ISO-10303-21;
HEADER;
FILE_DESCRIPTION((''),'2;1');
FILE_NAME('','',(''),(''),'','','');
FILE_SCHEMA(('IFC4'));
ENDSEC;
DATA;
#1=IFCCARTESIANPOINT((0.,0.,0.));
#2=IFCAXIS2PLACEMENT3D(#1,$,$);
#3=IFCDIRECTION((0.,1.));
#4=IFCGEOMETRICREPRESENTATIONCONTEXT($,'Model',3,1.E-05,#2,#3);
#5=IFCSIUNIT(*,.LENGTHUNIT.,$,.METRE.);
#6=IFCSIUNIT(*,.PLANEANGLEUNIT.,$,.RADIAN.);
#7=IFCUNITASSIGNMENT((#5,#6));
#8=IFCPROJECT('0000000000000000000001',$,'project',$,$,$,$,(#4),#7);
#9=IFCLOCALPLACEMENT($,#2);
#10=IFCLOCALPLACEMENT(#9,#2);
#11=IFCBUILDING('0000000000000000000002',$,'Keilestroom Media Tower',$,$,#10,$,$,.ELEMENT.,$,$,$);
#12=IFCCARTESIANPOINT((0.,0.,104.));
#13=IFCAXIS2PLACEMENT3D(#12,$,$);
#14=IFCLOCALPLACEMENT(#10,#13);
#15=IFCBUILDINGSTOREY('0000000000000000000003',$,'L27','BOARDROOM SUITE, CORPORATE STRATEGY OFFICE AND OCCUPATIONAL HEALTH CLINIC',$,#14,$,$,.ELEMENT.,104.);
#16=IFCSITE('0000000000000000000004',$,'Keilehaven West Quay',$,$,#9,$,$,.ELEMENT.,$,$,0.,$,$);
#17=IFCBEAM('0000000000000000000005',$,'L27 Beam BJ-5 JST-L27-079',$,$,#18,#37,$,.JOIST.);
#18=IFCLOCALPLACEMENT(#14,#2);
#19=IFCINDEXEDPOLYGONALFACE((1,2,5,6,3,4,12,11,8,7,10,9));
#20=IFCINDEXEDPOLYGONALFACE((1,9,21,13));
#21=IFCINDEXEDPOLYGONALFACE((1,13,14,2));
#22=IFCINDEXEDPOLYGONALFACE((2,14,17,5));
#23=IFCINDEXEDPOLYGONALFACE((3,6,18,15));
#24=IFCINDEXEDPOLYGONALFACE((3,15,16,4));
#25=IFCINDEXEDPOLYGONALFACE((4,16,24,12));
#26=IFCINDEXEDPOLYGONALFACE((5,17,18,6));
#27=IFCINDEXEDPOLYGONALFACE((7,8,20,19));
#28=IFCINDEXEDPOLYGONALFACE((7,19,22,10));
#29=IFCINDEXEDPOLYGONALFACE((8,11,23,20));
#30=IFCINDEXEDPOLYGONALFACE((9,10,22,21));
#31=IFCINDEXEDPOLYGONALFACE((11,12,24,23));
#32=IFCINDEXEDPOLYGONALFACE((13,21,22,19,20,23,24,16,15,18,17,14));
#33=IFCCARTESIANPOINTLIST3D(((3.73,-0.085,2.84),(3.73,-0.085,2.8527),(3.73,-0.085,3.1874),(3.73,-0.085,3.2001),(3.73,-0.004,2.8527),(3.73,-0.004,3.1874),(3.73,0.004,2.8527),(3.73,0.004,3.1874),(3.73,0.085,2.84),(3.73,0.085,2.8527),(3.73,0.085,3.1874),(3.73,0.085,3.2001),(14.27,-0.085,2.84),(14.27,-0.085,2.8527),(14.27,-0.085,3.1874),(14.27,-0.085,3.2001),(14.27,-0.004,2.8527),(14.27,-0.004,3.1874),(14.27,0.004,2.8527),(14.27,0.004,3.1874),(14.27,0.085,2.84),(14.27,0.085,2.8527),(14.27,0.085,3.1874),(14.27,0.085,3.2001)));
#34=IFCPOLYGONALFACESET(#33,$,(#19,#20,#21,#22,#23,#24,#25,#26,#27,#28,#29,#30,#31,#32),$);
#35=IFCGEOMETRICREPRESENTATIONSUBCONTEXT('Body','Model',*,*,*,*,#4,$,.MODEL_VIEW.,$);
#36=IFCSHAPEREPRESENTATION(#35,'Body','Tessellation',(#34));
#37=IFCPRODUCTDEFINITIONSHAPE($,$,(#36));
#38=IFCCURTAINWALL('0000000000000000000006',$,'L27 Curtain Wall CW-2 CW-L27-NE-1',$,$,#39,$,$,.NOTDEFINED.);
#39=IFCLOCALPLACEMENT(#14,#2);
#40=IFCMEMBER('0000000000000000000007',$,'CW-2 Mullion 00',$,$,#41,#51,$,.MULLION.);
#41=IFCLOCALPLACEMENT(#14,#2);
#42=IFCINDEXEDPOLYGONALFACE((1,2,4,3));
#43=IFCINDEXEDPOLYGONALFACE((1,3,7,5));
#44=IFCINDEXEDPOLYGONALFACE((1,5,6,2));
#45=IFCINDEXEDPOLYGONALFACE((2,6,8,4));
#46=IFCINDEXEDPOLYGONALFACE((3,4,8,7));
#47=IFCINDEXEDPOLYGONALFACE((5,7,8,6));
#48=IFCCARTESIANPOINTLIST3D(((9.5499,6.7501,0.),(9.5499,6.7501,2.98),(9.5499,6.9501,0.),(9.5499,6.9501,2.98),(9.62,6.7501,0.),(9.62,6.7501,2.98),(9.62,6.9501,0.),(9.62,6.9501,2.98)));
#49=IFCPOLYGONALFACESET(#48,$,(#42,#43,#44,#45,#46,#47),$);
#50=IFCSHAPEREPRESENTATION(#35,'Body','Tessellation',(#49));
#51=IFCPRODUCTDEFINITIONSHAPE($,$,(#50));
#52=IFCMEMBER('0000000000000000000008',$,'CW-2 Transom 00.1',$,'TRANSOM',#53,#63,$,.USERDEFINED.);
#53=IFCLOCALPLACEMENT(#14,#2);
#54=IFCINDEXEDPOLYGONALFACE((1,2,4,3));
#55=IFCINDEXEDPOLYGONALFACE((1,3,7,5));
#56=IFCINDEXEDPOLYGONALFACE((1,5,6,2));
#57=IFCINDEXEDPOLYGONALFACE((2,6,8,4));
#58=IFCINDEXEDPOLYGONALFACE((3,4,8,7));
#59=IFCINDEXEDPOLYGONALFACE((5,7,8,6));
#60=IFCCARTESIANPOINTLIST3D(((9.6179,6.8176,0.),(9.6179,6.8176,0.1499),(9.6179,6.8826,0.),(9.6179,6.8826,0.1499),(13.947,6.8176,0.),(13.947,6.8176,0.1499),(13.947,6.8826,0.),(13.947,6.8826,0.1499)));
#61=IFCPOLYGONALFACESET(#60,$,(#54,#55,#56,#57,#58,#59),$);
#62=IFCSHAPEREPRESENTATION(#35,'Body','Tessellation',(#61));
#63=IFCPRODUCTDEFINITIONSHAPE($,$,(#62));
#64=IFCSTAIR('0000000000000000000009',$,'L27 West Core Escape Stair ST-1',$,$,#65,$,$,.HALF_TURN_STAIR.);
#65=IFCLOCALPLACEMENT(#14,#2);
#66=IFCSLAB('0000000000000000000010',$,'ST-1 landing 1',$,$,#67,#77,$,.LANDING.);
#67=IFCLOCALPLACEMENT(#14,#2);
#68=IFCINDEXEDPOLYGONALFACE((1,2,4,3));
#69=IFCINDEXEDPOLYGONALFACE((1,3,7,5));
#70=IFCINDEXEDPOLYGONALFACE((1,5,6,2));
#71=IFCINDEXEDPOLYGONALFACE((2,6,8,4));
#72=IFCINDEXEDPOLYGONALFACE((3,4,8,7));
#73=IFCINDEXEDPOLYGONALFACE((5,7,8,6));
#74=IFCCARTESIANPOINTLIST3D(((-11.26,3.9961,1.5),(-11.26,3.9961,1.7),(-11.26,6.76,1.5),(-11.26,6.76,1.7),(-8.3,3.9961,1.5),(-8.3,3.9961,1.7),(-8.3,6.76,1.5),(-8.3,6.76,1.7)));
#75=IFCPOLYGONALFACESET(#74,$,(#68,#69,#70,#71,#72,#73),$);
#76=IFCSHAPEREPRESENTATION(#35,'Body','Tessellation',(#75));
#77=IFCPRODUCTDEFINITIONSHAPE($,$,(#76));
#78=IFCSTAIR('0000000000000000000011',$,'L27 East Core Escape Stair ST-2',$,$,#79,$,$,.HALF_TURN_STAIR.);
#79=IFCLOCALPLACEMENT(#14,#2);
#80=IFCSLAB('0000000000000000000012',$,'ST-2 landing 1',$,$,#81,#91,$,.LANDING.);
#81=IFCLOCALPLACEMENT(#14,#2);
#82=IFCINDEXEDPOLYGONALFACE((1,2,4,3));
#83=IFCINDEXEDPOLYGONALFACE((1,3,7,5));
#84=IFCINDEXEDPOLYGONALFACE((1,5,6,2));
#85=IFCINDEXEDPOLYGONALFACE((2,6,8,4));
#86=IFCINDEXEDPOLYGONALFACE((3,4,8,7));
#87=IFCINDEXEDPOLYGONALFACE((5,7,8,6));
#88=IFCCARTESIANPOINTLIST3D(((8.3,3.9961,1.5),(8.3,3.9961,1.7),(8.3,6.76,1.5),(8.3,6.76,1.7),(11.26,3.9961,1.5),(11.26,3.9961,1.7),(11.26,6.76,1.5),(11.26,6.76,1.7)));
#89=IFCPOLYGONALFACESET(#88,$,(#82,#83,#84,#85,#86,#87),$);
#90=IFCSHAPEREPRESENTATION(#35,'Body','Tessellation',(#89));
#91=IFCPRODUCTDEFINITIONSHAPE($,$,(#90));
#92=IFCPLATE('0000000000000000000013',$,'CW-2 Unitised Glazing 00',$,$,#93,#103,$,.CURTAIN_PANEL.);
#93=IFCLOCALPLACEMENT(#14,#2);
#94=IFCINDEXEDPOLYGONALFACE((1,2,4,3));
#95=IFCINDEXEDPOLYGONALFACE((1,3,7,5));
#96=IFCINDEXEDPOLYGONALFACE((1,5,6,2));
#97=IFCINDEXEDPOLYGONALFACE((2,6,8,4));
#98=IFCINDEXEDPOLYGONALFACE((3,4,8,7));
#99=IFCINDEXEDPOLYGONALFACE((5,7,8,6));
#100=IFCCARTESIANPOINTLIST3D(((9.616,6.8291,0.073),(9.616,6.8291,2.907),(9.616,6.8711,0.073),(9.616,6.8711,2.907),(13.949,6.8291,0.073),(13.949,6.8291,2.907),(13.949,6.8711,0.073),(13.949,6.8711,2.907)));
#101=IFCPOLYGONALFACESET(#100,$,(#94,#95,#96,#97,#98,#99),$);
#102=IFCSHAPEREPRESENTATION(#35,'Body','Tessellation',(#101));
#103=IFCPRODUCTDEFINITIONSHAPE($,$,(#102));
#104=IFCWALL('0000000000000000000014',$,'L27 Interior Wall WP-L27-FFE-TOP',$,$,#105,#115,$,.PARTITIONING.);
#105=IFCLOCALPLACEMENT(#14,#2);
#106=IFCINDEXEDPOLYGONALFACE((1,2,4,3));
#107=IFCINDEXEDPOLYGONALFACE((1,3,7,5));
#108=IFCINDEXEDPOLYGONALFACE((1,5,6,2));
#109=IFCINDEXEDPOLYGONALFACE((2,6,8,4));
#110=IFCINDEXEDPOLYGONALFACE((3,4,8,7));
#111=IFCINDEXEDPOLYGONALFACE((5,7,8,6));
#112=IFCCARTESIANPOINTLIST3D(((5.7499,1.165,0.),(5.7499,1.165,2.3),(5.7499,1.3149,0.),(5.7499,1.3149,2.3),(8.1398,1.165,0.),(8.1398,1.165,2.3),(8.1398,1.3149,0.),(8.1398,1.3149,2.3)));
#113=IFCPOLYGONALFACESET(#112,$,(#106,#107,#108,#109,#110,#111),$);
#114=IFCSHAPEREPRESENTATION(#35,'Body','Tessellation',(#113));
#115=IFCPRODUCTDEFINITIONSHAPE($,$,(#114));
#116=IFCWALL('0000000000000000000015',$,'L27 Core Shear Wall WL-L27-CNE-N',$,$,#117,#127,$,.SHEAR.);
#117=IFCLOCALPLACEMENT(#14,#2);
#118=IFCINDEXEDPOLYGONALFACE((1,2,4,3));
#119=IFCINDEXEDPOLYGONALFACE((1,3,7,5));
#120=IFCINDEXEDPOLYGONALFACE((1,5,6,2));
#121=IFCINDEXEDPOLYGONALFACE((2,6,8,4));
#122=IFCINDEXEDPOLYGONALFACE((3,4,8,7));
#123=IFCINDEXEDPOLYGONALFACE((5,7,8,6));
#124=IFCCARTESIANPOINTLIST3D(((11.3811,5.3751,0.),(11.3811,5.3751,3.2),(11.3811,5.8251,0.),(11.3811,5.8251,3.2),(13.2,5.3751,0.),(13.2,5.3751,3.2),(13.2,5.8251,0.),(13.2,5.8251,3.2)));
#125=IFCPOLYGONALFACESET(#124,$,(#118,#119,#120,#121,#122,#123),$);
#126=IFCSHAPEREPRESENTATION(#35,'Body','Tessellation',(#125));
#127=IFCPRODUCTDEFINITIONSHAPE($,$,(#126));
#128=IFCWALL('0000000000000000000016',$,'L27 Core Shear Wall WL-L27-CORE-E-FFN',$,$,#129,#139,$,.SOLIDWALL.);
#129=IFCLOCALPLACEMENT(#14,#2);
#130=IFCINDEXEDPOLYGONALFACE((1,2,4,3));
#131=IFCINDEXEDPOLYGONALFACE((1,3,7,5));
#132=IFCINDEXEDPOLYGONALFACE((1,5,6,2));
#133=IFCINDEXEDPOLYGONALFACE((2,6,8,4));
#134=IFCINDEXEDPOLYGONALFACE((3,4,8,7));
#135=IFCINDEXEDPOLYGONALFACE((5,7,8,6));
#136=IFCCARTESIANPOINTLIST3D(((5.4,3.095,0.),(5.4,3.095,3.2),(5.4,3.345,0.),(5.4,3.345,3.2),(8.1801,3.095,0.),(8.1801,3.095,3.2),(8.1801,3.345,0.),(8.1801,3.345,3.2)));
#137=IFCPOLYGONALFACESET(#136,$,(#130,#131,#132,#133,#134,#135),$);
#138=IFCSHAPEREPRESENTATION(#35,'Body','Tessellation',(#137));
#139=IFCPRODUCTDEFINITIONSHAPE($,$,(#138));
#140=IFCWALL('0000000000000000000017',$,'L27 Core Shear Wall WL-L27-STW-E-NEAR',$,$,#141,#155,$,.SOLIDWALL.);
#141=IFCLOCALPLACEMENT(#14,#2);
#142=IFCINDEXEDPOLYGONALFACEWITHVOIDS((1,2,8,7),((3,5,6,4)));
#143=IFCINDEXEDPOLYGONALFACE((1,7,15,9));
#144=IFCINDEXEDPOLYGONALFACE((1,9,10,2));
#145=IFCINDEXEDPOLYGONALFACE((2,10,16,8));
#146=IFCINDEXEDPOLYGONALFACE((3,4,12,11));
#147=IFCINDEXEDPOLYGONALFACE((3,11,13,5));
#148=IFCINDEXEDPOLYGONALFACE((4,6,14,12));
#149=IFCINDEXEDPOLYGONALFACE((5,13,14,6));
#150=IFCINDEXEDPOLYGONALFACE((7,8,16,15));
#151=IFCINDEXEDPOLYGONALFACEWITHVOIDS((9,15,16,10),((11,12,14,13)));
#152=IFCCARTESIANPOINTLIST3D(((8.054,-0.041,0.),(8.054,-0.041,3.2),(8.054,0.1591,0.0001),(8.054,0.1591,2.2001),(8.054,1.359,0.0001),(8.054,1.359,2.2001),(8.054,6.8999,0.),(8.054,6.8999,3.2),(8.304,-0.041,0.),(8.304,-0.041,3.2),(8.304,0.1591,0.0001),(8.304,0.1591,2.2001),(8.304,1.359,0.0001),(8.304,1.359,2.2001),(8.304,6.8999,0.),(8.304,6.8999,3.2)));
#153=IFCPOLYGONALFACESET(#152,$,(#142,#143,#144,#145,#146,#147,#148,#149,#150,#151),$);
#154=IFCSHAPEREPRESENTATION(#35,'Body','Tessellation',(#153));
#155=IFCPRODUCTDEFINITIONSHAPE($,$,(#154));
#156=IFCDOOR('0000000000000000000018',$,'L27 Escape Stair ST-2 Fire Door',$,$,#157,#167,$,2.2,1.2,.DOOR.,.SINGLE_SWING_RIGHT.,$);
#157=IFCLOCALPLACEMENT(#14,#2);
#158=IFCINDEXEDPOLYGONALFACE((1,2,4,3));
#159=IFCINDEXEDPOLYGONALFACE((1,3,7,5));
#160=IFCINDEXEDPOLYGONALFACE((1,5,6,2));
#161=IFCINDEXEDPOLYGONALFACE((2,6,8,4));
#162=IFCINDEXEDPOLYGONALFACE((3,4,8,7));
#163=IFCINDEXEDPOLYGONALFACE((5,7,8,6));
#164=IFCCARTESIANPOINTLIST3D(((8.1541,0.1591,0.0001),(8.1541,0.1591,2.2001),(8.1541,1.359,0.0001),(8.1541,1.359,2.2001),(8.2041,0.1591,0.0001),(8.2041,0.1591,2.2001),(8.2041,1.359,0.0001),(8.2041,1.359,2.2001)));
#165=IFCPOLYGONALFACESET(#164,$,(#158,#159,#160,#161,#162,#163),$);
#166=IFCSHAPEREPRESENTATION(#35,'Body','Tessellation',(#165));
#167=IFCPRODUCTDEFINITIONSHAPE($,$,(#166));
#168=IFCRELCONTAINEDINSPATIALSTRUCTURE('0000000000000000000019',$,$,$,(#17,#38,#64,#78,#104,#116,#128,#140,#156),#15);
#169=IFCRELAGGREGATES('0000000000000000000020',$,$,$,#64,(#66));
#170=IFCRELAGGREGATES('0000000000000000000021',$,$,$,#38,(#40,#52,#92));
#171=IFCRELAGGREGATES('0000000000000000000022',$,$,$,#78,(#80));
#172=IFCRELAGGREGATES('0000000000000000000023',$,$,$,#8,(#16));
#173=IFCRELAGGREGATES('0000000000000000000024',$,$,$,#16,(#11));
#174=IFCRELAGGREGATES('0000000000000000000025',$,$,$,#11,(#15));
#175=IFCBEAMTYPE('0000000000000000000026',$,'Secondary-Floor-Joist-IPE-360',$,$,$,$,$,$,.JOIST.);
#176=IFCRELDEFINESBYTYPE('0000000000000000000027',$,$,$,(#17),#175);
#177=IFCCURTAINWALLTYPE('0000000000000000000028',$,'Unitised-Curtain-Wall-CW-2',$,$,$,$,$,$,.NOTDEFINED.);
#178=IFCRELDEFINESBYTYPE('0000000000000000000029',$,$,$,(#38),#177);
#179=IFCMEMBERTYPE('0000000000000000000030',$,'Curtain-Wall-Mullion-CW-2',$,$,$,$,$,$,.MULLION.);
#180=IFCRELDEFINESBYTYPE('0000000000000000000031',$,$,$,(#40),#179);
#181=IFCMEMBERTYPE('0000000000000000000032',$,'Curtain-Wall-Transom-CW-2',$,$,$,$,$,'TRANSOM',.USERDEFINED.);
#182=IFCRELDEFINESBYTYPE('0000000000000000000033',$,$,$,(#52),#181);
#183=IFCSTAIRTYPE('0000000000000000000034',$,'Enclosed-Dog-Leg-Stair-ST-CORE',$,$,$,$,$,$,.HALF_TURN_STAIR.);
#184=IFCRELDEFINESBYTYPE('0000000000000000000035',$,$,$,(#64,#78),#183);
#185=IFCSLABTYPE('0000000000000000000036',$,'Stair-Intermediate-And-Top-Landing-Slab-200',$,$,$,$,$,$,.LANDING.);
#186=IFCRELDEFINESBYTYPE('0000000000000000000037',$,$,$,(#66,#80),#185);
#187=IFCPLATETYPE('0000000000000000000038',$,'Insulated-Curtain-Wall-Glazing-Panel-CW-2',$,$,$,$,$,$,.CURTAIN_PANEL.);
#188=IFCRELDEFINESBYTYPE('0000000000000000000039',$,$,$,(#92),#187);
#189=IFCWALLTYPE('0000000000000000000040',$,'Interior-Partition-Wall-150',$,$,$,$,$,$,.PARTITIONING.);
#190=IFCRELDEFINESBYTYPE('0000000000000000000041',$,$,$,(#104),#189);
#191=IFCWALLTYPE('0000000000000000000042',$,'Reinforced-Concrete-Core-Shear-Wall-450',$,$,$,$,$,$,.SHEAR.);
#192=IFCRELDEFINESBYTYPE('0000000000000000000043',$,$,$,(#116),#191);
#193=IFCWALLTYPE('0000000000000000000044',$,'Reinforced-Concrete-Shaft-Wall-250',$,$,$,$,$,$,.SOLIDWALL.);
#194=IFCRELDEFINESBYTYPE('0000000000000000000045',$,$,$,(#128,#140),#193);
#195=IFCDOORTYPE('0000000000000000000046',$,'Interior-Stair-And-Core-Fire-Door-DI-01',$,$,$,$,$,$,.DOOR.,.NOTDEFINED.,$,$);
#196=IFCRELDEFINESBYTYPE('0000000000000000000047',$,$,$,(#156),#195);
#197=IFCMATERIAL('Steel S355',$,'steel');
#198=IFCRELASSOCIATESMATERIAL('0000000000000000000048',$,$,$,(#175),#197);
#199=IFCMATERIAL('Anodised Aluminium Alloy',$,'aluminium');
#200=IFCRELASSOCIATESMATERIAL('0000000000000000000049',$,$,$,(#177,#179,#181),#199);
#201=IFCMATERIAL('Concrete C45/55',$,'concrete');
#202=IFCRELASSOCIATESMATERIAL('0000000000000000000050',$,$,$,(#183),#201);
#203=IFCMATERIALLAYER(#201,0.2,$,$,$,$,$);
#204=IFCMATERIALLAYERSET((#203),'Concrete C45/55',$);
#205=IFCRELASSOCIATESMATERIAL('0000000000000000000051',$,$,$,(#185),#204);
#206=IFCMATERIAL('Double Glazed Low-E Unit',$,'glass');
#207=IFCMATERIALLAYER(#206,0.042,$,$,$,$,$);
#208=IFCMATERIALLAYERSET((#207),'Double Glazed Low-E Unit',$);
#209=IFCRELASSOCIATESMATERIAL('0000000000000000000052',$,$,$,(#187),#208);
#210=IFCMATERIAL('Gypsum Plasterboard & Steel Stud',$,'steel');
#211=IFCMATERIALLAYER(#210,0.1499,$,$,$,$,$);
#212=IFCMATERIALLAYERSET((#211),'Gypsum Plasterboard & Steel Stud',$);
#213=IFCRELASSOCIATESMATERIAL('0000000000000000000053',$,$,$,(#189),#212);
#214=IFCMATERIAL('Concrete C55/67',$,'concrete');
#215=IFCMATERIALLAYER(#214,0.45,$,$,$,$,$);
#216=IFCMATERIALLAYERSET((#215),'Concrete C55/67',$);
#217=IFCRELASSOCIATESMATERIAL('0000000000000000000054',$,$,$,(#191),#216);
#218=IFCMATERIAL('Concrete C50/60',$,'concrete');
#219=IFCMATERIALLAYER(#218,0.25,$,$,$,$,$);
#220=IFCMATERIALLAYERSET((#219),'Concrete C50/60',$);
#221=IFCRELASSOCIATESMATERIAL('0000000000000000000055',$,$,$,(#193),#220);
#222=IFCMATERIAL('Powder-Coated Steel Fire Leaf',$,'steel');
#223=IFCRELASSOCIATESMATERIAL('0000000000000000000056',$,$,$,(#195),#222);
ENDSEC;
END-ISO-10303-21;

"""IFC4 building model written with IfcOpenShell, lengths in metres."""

from ifc_helpers import new_model, si_unit, direction, frame, frame_2d, origin, origin_2d, place, context, subcontext, project, spatial, polyline, rectangle, i_section, outline, extrude, source, transform, mapped, material, layer, layer_set, material_profile, profile_set, type_object, element, fill, aggregate, save


model = new_model("IFC4")

# Units and contexts
model_context = context("Model", 3, precision=1e-05, world=origin(), true_north=direction((0.0, 1.0)))
body_context = subcontext(model_context, "Body", "Model", "MODEL_VIEW")
ifc_project = project(units=[si_unit("LENGTHUNIT", "METRE"), si_unit("PLANEANGLEUNIT", "RADIAN")], contexts=[model_context])

# Site, building, storey
site_placement = place(None, origin())
site = spatial("IfcSite", under=ifc_project, at=site_placement, Name="Keilehaven West Quay", CompositionType="ELEMENT", RefElevation=0.0)
building_placement = place(site_placement, origin())
building = spatial("IfcBuilding", under=site, at=building_placement, Name="Keilestroom Media Tower", CompositionType="ELEMENT")
storey_placement = place(building_placement, frame((0.0, 0.0, 104.0)))
storey = spatial("IfcBuildingStorey", under=building, at=storey_placement, Name="L27", Description="BOARDROOM SUITE, CORPORATE STRATEGY OFFICE AND OCCUPATIONAL HEALTH CLINIC", CompositionType="ELEMENT", Elevation=104.0)

# Beam
ifc_material_1 = material(Name="Steel S355", Category="steel")
ifc_material_profile_1 = material_profile(ifc_material_1, i_section(OverallWidth=0.1699, OverallDepth=0.3601, WebThickness=0.0081, FlangeThickness=0.0127, at=origin_2d()), Name="IPE 360")
ifc_profile_set_1 = profile_set([ifc_material_profile_1], Name="Steel S355")
beam_type = type_object("IfcBeamType", Name="Secondary-Floor-Joist-IPE-360", PredefinedType="JOIST", material=ifc_profile_set_1)
shared_shape_1 = source(origin(), body_context, "Body", "SweptSolid", [
    extrude(i_section(OverallWidth=0.1699, OverallDepth=0.3601, WebThickness=0.0081, FlangeThickness=0.0127, at=origin_2d()), origin(), (0.0, 0.0, 1.0), 10.54),
])
beam_placement = place(storey_placement, frame((3.73, 0.0, 3.02), z_axis=(1.0, 0.0, 0.0), x_axis=(0.0, 1.0, 0.0)))
element("IfcBeam", 1, at=beam_placement, inside=storey, type_object=beam_type, Name="L27 Beam BJ-5 JST-L27-079", PredefinedType="JOIST", context=body_context, shape_type="MappedRepresentation", body=[
    mapped(shared_shape_1, transform((0.0, 0.0, 0.0), x_axis=(1.0, 0.0, 0.0), y_axis=(0.0, 1.0, 0.0), z_axis=(0.0, 0.0, 1.0), scale=1.0)),
])

# Curtain wall, members
ifc_material_2 = material(Name="Anodised Aluminium Alloy", Category="aluminium")
curtain_wall_type = type_object("IfcCurtainWallType", Name="Unitised-Curtain-Wall-CW-2", PredefinedType="NOTDEFINED", material=ifc_material_2)
curtain_wall_placement = place(storey_placement, origin())
curtain_wall = element("IfcCurtainWall", 2, at=curtain_wall_placement, inside=storey, type_object=curtain_wall_type, Name="L27 Curtain Wall CW-2 CW-L27-NE-1", PredefinedType="NOTDEFINED")
ifc_material_profile_2 = material_profile(ifc_material_2, rectangle(XDim=0.0701, YDim=0.2, at=origin_2d()), Name="ALU MULLION 70x200")
ifc_profile_set_2 = profile_set([ifc_material_profile_2], Name="Anodised Aluminium Alloy")
member_type_1 = type_object("IfcMemberType", Name="Curtain-Wall-Mullion-CW-2", PredefinedType="MULLION", material=ifc_profile_set_2)
shared_shape_2 = source(origin(), body_context, "Body", "SweptSolid", [
    extrude(rectangle(XDim=0.0701, YDim=0.2, at=origin_2d()), origin(), (0.0, 0.0, 1.0), 2.98),
])
member_1_placement = place(storey_placement, frame((9.585, 6.8501, 0.0), z_axis=(0.0, 0.0, 1.0), x_axis=(1.0, 0.0, 0.0)))
member_1 = element("IfcMember", 3, at=member_1_placement, type_object=member_type_1, Name="CW-2 Mullion 00", PredefinedType="MULLION", context=body_context, shape_type="MappedRepresentation", body=[
    mapped(shared_shape_2, transform((0.0, 0.0, 0.0), x_axis=(1.0, 0.0, 0.0), y_axis=(0.0, 1.0, 0.0), z_axis=(0.0, 0.0, 1.0), scale=1.0)),
])
ifc_material_profile_3 = material_profile(ifc_material_2, rectangle(XDim=0.0649, YDim=0.1499, at=origin_2d()), Name="ALU TRANSOM 65x150")
ifc_profile_set_3 = profile_set([ifc_material_profile_3], Name="Anodised Aluminium Alloy")
member_type_2 = type_object("IfcMemberType", Name="Curtain-Wall-Transom-CW-2", ElementType="TRANSOM", PredefinedType="USERDEFINED", material=ifc_profile_set_3)
shared_shape_3 = source(origin(), body_context, "Body", "SweptSolid", [
    extrude(rectangle(XDim=0.0649, YDim=0.1499, at=origin_2d()), origin(), (0.0, 0.0, 1.0), 4.3291),
])
member_2_placement = place(storey_placement, frame((9.6179, 6.8501, 0.075), z_axis=(1.0, 0.0, 0.0), x_axis=(0.0, 1.0, 0.0)))
member_2 = element("IfcMember", 4, at=member_2_placement, type_object=member_type_2, Name="CW-2 Transom 00.1", ObjectType="TRANSOM", PredefinedType="USERDEFINED", context=body_context, shape_type="MappedRepresentation", body=[
    mapped(shared_shape_3, transform((0.0, 0.0, 0.0), x_axis=(1.0, 0.0, 0.0), y_axis=(0.0, 1.0, 0.0), z_axis=(0.0, 0.0, 1.0), scale=1.0)),
])

# Stairs, slabs
ifc_material_3 = material(Name="Concrete C45/55", Category="concrete")
stair_type = type_object("IfcStairType", Name="Enclosed-Dog-Leg-Stair-ST-CORE", PredefinedType="HALF_TURN_STAIR", material=ifc_material_3)
stair_1_placement = place(storey_placement, origin())
stair_1 = element("IfcStair", 5, at=stair_1_placement, inside=storey, type_object=stair_type, Name="L27 West Core Escape Stair ST-1", PredefinedType="HALF_TURN_STAIR")
ifc_layer_1 = layer(ifc_material_3, 0.2)
ifc_layer_set_1 = layer_set([ifc_layer_1], Name="Concrete C45/55")
slab_type = type_object("IfcSlabType", Name="Stair-Intermediate-And-Top-Landing-Slab-200", PredefinedType="LANDING", material=ifc_layer_set_1)
slab_1_placement = place(storey_placement, frame((0.0, 0.0, 1.5)))
slab_1 = element("IfcSlab", 6, at=slab_1_placement, type_object=slab_type, Name="ST-1 landing 1", PredefinedType="LANDING", context=body_context, shape_type="SweptSolid", body=[
    extrude(outline(polyline([(-8.3, 3.9961), (-8.3, 6.76), (-11.26, 6.76), (-11.26, 3.9961), (-8.3, 3.9961)])), origin(), (0.0, 0.0, 1.0), 0.2),
])
aggregate(stair_1, [slab_1])
stair_2_placement = place(storey_placement, origin())
stair_2 = element("IfcStair", 7, at=stair_2_placement, inside=storey, type_object=stair_type, Name="L27 East Core Escape Stair ST-2", PredefinedType="HALF_TURN_STAIR")
slab_2_placement = place(storey_placement, frame((0.0, 0.0, 1.5)))
slab_2 = element("IfcSlab", 8, at=slab_2_placement, type_object=slab_type, Name="ST-2 landing 1", PredefinedType="LANDING", context=body_context, shape_type="SweptSolid", body=[
    extrude(outline(polyline([(11.26, 3.9961), (11.26, 6.76), (8.3, 6.76), (8.3, 3.9961), (11.26, 3.9961)])), origin(), (0.0, 0.0, 1.0), 0.2),
])

# Plate
ifc_material_4 = material(Name="Double Glazed Low-E Unit", Category="glass")
ifc_layer_2 = layer(ifc_material_4, 0.042)
ifc_layer_set_2 = layer_set([ifc_layer_2], Name="Double Glazed Low-E Unit")
plate_type = type_object("IfcPlateType", Name="Insulated-Curtain-Wall-Glazing-Panel-CW-2", PredefinedType="CURTAIN_PANEL", material=ifc_layer_set_2)
shared_shape_4 = source(origin(), body_context, "Body", "SweptSolid", [
    extrude(rectangle(XDim=4.333, YDim=0.042, at=origin_2d()), origin(), (0.0, 0.0, 1.0), 2.834),
])
plate_placement = place(storey_placement, frame((11.7825, 6.8501, 0.073), z_axis=(0.0, 0.0, 1.0), x_axis=(1.0, 0.0, 0.0)))
plate = element("IfcPlate", 9, at=plate_placement, type_object=plate_type, Name="CW-2 Unitised Glazing 00", PredefinedType="CURTAIN_PANEL", context=body_context, shape_type="MappedRepresentation", body=[
    mapped(shared_shape_4, transform((0.0, 0.0, 0.0), x_axis=(1.0, 0.0, 0.0), y_axis=(0.0, 1.0, 0.0), z_axis=(0.0, 0.0, 1.0), scale=1.0)),
])
aggregate(curtain_wall, [member_1, member_2, plate])

# Walls
ifc_material_5 = material(Name="Gypsum Plasterboard & Steel Stud", Category="steel")
ifc_layer_3 = layer(ifc_material_5, 0.1499)
ifc_layer_set_3 = layer_set([ifc_layer_3], Name="Gypsum Plasterboard & Steel Stud")
wall_type_1 = type_object("IfcWallType", Name="Interior-Partition-Wall-150", PredefinedType="PARTITIONING", material=ifc_layer_set_3)
wall_1_placement = place(storey_placement, frame((5.75, 1.24, 0.0), z_axis=(0.0, 0.0, 1.0), x_axis=(1.0, 0.0, 0.0)))
element("IfcWall", 10, at=wall_1_placement, inside=storey, type_object=wall_type_1, Name="L27 Interior Wall WP-L27-FFE-TOP", PredefinedType="PARTITIONING", context=body_context, shape_type="SweptSolid", body=[
    extrude(rectangle(XDim=2.3899, YDim=0.1499, at=frame_2d((1.1948, 0.0))), origin(), (0.0, 0.0, 1.0), 2.3),
])
ifc_material_6 = material(Name="Concrete C55/67", Category="concrete")
ifc_layer_4 = layer(ifc_material_6, 0.45)
ifc_layer_set_4 = layer_set([ifc_layer_4], Name="Concrete C55/67")
wall_type_2 = type_object("IfcWallType", Name="Reinforced-Concrete-Core-Shear-Wall-450", PredefinedType="SHEAR", material=ifc_layer_set_4)
wall_2_placement = place(storey_placement, frame((11.3811, 5.6001, 0.0), z_axis=(0.0, 0.0, 1.0), x_axis=(1.0, 0.0, 0.0)))
element("IfcWall", 11, at=wall_2_placement, inside=storey, type_object=wall_type_2, Name="L27 Core Shear Wall WL-L27-CNE-N", PredefinedType="SHEAR", context=body_context, shape_type="SweptSolid", body=[
    extrude(rectangle(XDim=1.8188, YDim=0.45, at=frame_2d((0.9094, 0.0))), origin(), (0.0, 0.0, 1.0), 3.2),
])
ifc_material_7 = material(Name="Concrete C50/60", Category="concrete")
ifc_layer_5 = layer(ifc_material_7, 0.25)
ifc_layer_set_5 = layer_set([ifc_layer_5], Name="Concrete C50/60")
wall_type_3 = type_object("IfcWallType", Name="Reinforced-Concrete-Shaft-Wall-250", PredefinedType="SOLIDWALL", material=ifc_layer_set_5)
wall_3_placement = place(storey_placement, frame((5.3999, 3.22, 0.0), z_axis=(0.0, 0.0, 1.0), x_axis=(1.0, 0.0, 0.0)))
element("IfcWall", 12, at=wall_3_placement, inside=storey, type_object=wall_type_3, Name="L27 Core Shear Wall WL-L27-CORE-E-FFN", PredefinedType="SOLIDWALL", context=body_context, shape_type="SweptSolid", body=[
    extrude(rectangle(XDim=2.78, YDim=0.25, at=frame_2d((1.3901, 0.0))), origin(), (0.0, 0.0, 1.0), 3.2),
])

# Wall, opening, door
wall_4_placement = place(storey_placement, frame((8.179, -0.041, 0.0), z_axis=(0.0, 0.0, 1.0), x_axis=(0.0, 1.0, 0.0)))
wall_4 = element("IfcWall", 13, at=wall_4_placement, inside=storey, type_object=wall_type_3, Name="L27 Core Shear Wall WL-L27-STW-E-NEAR", PredefinedType="SOLIDWALL", context=body_context, shape_type="SweptSolid", body=[
    extrude(rectangle(XDim=6.9409, YDim=0.25, at=frame_2d((3.4705, 0.0))), origin(), (0.0, 0.0, 1.0), 3.2),
])
opening_placement = place(wall_4_placement, frame((0.2, 0.0, 0.0)))
opening = element("IfcOpeningElement", 14, at=opening_placement, cuts=wall_4, PredefinedType="OPENING", context=body_context, shape_type="SweptSolid", body=[
    extrude(rectangle(XDim=1.2, YDim=2.2, at=frame_2d((0.6001, 1.1001))), frame((0.0, 0.135, 0.0), z_axis=(0.0, -1.0, 0.0), x_axis=(1.0, 0.0, 0.0)), (0.0, 0.0, 1.0), 0.27),
])
ifc_material_8 = material(Name="Powder-Coated Steel Fire Leaf", Category="steel")
door_type = type_object("IfcDoorType", Name="Interior-Stair-And-Core-Fire-Door-DI-01", OperationType="NOTDEFINED", PredefinedType="DOOR", material=ifc_material_8)
shared_shape_5 = source(origin(), body_context, "Body", "SweptSolid", [
    extrude(rectangle(XDim=1.2, YDim=2.2, at=frame_2d((0.6001, 1.1001))), frame((0.0, 0.0249, 0.0), z_axis=(0.0, -1.0, 0.0), x_axis=(1.0, 0.0, 0.0)), (0.0, 0.0, 1.0), 0.05),
])
door_placement = place(opening_placement, origin())
door = element("IfcDoor", 15, at=door_placement, inside=storey, type_object=door_type, Name="L27 Escape Stair ST-2 Fire Door", OperationType="SINGLE_SWING_RIGHT", OverallHeight=2.2, OverallWidth=1.2, PredefinedType="DOOR", context=body_context, shape_type="MappedRepresentation", body=[
    mapped(shared_shape_5, transform((0.0, 0.0, 0.0), x_axis=(1.0, 0.0, 0.0), y_axis=(0.0, 1.0, 0.0), z_axis=(0.0, 0.0, 1.0), scale=1.0)),
])
fill(opening, door)

aggregate(stair_2, [slab_2])

save(model, "model.ifc")
